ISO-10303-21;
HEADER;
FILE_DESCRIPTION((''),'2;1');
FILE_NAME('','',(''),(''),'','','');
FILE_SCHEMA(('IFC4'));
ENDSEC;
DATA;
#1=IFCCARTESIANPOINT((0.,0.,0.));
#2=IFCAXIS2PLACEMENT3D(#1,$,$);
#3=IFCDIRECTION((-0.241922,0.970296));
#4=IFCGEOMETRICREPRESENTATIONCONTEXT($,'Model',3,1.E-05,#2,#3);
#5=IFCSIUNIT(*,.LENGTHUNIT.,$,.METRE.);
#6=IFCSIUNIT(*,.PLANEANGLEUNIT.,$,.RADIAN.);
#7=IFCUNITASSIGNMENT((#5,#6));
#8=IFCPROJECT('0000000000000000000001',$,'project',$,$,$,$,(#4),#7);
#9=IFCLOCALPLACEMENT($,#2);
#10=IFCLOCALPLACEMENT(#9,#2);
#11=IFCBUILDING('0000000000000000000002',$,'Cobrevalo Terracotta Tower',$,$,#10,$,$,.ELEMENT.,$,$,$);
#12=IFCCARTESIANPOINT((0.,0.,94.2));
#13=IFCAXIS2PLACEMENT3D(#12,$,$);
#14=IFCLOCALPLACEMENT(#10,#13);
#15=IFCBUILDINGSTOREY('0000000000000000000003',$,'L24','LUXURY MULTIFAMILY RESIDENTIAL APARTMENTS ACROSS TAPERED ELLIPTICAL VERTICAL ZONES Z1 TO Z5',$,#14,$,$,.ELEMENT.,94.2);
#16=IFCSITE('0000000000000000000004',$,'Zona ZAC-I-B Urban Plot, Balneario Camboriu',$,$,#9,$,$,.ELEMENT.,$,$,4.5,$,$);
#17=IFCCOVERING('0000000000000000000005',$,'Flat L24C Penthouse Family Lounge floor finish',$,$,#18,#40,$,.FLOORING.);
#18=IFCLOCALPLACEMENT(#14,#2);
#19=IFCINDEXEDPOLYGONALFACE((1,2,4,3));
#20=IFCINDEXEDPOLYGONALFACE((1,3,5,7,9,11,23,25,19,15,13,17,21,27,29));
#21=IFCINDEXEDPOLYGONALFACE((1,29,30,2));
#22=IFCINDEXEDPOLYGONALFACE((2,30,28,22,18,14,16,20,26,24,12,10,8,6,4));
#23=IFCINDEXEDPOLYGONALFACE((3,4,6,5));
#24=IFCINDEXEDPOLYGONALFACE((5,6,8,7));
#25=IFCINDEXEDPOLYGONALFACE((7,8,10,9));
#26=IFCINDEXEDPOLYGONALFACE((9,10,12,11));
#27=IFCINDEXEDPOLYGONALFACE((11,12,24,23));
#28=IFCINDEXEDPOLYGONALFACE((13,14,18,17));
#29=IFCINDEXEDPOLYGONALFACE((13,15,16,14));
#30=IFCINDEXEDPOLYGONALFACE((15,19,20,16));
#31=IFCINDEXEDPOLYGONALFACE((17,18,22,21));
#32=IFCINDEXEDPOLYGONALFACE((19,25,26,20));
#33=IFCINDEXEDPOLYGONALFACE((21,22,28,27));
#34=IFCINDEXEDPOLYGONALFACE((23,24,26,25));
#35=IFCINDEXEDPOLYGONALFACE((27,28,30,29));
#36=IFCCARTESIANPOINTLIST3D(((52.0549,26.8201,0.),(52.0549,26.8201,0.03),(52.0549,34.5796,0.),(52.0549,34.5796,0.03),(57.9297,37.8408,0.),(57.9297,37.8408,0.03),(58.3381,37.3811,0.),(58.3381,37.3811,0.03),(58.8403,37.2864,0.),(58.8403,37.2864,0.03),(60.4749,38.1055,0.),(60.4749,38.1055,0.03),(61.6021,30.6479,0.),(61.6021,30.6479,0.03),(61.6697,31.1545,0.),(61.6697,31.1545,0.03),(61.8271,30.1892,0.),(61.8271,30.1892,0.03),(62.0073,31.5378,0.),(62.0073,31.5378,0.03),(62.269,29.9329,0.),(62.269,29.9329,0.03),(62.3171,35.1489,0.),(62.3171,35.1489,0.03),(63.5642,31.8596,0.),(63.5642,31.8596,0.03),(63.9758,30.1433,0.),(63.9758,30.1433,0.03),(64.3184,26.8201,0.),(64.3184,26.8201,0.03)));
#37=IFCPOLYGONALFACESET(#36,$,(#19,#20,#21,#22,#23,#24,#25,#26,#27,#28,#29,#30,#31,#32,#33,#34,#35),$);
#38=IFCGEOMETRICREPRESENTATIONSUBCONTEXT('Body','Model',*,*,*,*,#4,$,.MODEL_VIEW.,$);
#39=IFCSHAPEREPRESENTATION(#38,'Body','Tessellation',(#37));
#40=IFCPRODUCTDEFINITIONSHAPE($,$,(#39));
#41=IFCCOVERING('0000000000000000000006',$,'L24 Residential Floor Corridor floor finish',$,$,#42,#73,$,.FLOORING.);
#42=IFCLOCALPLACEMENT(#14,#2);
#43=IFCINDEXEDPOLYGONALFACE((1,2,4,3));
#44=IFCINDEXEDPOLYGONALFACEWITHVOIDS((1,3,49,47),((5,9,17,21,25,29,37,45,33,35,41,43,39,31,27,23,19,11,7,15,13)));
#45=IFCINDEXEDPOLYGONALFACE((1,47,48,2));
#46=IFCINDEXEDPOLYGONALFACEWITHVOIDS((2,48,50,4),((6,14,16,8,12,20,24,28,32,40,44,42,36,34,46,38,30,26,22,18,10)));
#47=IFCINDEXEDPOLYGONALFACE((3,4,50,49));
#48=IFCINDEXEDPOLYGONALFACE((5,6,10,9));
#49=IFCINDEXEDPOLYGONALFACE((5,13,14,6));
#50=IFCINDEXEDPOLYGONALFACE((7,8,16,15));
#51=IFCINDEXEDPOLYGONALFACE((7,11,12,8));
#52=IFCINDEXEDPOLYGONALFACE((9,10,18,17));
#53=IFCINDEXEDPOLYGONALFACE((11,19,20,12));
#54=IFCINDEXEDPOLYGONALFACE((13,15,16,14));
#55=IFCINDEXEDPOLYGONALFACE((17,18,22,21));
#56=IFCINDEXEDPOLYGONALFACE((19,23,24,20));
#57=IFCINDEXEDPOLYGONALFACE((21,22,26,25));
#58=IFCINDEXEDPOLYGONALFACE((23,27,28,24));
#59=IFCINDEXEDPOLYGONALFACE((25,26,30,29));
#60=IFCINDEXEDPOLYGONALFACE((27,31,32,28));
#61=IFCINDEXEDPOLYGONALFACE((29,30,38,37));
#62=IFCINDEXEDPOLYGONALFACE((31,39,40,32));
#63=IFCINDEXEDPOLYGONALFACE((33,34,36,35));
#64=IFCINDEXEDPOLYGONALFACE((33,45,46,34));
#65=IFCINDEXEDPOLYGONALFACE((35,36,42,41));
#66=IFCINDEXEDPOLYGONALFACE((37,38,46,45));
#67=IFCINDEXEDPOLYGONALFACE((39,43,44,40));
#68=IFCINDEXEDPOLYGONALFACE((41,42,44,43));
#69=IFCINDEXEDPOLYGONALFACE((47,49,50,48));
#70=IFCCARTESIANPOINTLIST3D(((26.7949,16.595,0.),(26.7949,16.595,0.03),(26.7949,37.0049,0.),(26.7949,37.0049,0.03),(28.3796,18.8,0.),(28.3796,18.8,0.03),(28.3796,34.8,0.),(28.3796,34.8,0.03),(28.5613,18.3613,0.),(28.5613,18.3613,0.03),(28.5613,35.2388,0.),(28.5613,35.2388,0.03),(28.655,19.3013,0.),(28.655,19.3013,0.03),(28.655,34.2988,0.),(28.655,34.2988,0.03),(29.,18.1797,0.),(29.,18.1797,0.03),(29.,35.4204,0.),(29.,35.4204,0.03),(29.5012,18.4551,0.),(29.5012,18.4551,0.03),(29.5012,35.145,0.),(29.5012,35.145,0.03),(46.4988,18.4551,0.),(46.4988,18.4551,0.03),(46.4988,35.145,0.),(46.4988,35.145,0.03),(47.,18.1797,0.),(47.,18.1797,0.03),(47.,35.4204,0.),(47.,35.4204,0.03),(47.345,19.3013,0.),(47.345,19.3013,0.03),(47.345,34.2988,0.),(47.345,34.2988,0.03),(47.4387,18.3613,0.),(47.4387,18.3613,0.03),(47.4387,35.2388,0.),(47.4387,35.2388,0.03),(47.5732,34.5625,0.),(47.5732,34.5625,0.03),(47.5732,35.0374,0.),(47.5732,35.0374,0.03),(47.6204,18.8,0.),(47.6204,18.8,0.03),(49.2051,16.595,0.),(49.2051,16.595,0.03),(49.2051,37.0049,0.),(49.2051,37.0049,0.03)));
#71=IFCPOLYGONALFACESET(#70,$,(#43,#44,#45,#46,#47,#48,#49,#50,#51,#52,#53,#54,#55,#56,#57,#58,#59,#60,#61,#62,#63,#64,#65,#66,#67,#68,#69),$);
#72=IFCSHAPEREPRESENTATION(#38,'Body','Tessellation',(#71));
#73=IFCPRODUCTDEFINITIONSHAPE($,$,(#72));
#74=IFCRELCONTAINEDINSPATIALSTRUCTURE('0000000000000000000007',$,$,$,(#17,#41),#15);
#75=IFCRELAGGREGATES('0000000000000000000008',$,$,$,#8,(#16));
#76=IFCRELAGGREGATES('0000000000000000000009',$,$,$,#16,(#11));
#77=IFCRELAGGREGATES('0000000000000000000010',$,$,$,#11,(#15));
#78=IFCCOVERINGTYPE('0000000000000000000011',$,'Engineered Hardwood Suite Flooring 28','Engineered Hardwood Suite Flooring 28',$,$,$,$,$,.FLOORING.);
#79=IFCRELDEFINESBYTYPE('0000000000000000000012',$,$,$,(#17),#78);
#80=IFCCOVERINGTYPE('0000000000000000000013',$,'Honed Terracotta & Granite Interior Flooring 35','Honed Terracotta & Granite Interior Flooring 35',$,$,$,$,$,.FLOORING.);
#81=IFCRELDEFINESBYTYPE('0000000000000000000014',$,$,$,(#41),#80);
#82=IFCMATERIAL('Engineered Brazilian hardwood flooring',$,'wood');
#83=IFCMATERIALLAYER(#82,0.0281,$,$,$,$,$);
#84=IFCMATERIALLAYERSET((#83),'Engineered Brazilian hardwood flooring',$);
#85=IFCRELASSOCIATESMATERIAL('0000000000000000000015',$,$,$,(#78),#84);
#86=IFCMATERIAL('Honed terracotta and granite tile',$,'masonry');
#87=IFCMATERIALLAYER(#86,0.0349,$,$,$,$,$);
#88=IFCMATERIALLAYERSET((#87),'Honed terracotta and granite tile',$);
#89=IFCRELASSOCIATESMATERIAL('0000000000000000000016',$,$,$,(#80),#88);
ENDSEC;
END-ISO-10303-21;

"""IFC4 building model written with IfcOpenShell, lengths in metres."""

from ifc_helpers import new_model, si_unit, direction, frame, origin, place, context, subcontext, project, spatial, polyline, outline, extrude, material, layer, layer_set, type_object, element, save


model = new_model("IFC4")

# Units and contexts
model_context = context("Model", 3, precision=1e-05, world=origin(), true_north=direction((-0.241922, 0.970296)))
body_context = subcontext(model_context, "Body", "Model", "MODEL_VIEW")
ifc_project = project(units=[si_unit("LENGTHUNIT", "METRE"), si_unit("PLANEANGLEUNIT", "RADIAN")], contexts=[model_context])

# Site, building, storey
site_placement = place(None, origin())
site = spatial("IfcSite", under=ifc_project, at=site_placement, Name="Zona ZAC-I-B Urban Plot, Balneario Camboriu", CompositionType="ELEMENT", RefElevation=4.5)
building_placement = place(site_placement, origin())
building = spatial("IfcBuilding", under=site, at=building_placement, Name="Cobrevalo Terracotta Tower", CompositionType="ELEMENT")
storey_placement = place(building_placement, frame((0.0, 0.0, 94.2)))
storey = spatial("IfcBuildingStorey", under=building, at=storey_placement, Name="L24", Description="LUXURY MULTIFAMILY RESIDENTIAL APARTMENTS ACROSS TAPERED ELLIPTICAL VERTICAL ZONES Z1 TO Z5", CompositionType="ELEMENT", Elevation=94.2)

# Coverings
ifc_material_1 = material(Name="Engineered Brazilian hardwood flooring", Category="wood")
ifc_layer_1 = layer(ifc_material_1, 0.0281)
ifc_layer_set_1 = layer_set([ifc_layer_1], Name="Engineered Brazilian hardwood flooring")
covering_type_1 = type_object("IfcCoveringType", Name="Engineered Hardwood Suite Flooring 28", Description="Engineered Hardwood Suite Flooring 28", PredefinedType="FLOORING", material=ifc_layer_set_1)
covering_1_placement = place(storey_placement, origin())
element("IfcCovering", 1, at=covering_1_placement, inside=storey, type_object=covering_type_1, Name="Flat L24C Penthouse Family Lounge floor finish", PredefinedType="FLOORING", context=body_context, shape_type="SweptSolid", body=[
    extrude(outline(polyline([(57.9297, 37.8408), (58.3381, 37.3811), (58.8403, 37.2864), (60.4749, 38.1055), (62.3171, 35.1489), (63.5642, 31.8596), (62.0073, 31.5378), (61.6697, 31.1545), (61.6021, 30.6479), (61.8271, 30.1892), (62.269, 29.9329), (63.9758, 30.1433), (64.3184, 26.8201), (52.0549, 26.8201), (52.0549, 34.5796), (57.9297, 37.8408)])), origin(), (0.0, 0.0, 1.0), 0.03),
])
ifc_material_2 = material(Name="Honed terracotta and granite tile", Category="masonry")
ifc_layer_2 = layer(ifc_material_2, 0.0349)
ifc_layer_set_2 = layer_set([ifc_layer_2], Name="Honed terracotta and granite tile")
covering_type_2 = type_object("IfcCoveringType", Name="Honed Terracotta & Granite Interior Flooring 35", Description="Honed Terracotta & Granite Interior Flooring 35", PredefinedType="FLOORING", material=ifc_layer_set_2)
covering_2_placement = place(storey_placement, origin())
element("IfcCovering", 2, at=covering_2_placement, inside=storey, type_object=covering_type_2, Name="L24 Residential Floor Corridor floor finish", PredefinedType="FLOORING", context=body_context, shape_type="SweptSolid", body=[
    extrude(outline(polyline([(49.2051, 37.0049), (49.2051, 16.595), (26.7949, 16.595), (26.7949, 37.0049), (49.2051, 37.0049)]), holes=[polyline([(47.345, 34.2988), (47.5732, 34.5625), (47.5732, 35.0374), (47.4387, 35.2388), (47.0, 35.4204), (46.4988, 35.145), (29.5012, 35.145), (29.0, 35.4204), (28.5613, 35.2388), (28.3796, 34.8), (28.655, 34.2988), (28.655, 19.3013), (28.3796, 18.8), (28.5613, 18.3613), (29.0, 18.1797), (29.5012, 18.4551), (46.4988, 18.4551), (47.0, 18.1797), (47.4387, 18.3613), (47.6204, 18.8), (47.345, 19.3013), (47.345, 34.2988)])]), origin(), (0.0, 0.0, 1.0), 0.03),
])

save(model, "model.ifc")
